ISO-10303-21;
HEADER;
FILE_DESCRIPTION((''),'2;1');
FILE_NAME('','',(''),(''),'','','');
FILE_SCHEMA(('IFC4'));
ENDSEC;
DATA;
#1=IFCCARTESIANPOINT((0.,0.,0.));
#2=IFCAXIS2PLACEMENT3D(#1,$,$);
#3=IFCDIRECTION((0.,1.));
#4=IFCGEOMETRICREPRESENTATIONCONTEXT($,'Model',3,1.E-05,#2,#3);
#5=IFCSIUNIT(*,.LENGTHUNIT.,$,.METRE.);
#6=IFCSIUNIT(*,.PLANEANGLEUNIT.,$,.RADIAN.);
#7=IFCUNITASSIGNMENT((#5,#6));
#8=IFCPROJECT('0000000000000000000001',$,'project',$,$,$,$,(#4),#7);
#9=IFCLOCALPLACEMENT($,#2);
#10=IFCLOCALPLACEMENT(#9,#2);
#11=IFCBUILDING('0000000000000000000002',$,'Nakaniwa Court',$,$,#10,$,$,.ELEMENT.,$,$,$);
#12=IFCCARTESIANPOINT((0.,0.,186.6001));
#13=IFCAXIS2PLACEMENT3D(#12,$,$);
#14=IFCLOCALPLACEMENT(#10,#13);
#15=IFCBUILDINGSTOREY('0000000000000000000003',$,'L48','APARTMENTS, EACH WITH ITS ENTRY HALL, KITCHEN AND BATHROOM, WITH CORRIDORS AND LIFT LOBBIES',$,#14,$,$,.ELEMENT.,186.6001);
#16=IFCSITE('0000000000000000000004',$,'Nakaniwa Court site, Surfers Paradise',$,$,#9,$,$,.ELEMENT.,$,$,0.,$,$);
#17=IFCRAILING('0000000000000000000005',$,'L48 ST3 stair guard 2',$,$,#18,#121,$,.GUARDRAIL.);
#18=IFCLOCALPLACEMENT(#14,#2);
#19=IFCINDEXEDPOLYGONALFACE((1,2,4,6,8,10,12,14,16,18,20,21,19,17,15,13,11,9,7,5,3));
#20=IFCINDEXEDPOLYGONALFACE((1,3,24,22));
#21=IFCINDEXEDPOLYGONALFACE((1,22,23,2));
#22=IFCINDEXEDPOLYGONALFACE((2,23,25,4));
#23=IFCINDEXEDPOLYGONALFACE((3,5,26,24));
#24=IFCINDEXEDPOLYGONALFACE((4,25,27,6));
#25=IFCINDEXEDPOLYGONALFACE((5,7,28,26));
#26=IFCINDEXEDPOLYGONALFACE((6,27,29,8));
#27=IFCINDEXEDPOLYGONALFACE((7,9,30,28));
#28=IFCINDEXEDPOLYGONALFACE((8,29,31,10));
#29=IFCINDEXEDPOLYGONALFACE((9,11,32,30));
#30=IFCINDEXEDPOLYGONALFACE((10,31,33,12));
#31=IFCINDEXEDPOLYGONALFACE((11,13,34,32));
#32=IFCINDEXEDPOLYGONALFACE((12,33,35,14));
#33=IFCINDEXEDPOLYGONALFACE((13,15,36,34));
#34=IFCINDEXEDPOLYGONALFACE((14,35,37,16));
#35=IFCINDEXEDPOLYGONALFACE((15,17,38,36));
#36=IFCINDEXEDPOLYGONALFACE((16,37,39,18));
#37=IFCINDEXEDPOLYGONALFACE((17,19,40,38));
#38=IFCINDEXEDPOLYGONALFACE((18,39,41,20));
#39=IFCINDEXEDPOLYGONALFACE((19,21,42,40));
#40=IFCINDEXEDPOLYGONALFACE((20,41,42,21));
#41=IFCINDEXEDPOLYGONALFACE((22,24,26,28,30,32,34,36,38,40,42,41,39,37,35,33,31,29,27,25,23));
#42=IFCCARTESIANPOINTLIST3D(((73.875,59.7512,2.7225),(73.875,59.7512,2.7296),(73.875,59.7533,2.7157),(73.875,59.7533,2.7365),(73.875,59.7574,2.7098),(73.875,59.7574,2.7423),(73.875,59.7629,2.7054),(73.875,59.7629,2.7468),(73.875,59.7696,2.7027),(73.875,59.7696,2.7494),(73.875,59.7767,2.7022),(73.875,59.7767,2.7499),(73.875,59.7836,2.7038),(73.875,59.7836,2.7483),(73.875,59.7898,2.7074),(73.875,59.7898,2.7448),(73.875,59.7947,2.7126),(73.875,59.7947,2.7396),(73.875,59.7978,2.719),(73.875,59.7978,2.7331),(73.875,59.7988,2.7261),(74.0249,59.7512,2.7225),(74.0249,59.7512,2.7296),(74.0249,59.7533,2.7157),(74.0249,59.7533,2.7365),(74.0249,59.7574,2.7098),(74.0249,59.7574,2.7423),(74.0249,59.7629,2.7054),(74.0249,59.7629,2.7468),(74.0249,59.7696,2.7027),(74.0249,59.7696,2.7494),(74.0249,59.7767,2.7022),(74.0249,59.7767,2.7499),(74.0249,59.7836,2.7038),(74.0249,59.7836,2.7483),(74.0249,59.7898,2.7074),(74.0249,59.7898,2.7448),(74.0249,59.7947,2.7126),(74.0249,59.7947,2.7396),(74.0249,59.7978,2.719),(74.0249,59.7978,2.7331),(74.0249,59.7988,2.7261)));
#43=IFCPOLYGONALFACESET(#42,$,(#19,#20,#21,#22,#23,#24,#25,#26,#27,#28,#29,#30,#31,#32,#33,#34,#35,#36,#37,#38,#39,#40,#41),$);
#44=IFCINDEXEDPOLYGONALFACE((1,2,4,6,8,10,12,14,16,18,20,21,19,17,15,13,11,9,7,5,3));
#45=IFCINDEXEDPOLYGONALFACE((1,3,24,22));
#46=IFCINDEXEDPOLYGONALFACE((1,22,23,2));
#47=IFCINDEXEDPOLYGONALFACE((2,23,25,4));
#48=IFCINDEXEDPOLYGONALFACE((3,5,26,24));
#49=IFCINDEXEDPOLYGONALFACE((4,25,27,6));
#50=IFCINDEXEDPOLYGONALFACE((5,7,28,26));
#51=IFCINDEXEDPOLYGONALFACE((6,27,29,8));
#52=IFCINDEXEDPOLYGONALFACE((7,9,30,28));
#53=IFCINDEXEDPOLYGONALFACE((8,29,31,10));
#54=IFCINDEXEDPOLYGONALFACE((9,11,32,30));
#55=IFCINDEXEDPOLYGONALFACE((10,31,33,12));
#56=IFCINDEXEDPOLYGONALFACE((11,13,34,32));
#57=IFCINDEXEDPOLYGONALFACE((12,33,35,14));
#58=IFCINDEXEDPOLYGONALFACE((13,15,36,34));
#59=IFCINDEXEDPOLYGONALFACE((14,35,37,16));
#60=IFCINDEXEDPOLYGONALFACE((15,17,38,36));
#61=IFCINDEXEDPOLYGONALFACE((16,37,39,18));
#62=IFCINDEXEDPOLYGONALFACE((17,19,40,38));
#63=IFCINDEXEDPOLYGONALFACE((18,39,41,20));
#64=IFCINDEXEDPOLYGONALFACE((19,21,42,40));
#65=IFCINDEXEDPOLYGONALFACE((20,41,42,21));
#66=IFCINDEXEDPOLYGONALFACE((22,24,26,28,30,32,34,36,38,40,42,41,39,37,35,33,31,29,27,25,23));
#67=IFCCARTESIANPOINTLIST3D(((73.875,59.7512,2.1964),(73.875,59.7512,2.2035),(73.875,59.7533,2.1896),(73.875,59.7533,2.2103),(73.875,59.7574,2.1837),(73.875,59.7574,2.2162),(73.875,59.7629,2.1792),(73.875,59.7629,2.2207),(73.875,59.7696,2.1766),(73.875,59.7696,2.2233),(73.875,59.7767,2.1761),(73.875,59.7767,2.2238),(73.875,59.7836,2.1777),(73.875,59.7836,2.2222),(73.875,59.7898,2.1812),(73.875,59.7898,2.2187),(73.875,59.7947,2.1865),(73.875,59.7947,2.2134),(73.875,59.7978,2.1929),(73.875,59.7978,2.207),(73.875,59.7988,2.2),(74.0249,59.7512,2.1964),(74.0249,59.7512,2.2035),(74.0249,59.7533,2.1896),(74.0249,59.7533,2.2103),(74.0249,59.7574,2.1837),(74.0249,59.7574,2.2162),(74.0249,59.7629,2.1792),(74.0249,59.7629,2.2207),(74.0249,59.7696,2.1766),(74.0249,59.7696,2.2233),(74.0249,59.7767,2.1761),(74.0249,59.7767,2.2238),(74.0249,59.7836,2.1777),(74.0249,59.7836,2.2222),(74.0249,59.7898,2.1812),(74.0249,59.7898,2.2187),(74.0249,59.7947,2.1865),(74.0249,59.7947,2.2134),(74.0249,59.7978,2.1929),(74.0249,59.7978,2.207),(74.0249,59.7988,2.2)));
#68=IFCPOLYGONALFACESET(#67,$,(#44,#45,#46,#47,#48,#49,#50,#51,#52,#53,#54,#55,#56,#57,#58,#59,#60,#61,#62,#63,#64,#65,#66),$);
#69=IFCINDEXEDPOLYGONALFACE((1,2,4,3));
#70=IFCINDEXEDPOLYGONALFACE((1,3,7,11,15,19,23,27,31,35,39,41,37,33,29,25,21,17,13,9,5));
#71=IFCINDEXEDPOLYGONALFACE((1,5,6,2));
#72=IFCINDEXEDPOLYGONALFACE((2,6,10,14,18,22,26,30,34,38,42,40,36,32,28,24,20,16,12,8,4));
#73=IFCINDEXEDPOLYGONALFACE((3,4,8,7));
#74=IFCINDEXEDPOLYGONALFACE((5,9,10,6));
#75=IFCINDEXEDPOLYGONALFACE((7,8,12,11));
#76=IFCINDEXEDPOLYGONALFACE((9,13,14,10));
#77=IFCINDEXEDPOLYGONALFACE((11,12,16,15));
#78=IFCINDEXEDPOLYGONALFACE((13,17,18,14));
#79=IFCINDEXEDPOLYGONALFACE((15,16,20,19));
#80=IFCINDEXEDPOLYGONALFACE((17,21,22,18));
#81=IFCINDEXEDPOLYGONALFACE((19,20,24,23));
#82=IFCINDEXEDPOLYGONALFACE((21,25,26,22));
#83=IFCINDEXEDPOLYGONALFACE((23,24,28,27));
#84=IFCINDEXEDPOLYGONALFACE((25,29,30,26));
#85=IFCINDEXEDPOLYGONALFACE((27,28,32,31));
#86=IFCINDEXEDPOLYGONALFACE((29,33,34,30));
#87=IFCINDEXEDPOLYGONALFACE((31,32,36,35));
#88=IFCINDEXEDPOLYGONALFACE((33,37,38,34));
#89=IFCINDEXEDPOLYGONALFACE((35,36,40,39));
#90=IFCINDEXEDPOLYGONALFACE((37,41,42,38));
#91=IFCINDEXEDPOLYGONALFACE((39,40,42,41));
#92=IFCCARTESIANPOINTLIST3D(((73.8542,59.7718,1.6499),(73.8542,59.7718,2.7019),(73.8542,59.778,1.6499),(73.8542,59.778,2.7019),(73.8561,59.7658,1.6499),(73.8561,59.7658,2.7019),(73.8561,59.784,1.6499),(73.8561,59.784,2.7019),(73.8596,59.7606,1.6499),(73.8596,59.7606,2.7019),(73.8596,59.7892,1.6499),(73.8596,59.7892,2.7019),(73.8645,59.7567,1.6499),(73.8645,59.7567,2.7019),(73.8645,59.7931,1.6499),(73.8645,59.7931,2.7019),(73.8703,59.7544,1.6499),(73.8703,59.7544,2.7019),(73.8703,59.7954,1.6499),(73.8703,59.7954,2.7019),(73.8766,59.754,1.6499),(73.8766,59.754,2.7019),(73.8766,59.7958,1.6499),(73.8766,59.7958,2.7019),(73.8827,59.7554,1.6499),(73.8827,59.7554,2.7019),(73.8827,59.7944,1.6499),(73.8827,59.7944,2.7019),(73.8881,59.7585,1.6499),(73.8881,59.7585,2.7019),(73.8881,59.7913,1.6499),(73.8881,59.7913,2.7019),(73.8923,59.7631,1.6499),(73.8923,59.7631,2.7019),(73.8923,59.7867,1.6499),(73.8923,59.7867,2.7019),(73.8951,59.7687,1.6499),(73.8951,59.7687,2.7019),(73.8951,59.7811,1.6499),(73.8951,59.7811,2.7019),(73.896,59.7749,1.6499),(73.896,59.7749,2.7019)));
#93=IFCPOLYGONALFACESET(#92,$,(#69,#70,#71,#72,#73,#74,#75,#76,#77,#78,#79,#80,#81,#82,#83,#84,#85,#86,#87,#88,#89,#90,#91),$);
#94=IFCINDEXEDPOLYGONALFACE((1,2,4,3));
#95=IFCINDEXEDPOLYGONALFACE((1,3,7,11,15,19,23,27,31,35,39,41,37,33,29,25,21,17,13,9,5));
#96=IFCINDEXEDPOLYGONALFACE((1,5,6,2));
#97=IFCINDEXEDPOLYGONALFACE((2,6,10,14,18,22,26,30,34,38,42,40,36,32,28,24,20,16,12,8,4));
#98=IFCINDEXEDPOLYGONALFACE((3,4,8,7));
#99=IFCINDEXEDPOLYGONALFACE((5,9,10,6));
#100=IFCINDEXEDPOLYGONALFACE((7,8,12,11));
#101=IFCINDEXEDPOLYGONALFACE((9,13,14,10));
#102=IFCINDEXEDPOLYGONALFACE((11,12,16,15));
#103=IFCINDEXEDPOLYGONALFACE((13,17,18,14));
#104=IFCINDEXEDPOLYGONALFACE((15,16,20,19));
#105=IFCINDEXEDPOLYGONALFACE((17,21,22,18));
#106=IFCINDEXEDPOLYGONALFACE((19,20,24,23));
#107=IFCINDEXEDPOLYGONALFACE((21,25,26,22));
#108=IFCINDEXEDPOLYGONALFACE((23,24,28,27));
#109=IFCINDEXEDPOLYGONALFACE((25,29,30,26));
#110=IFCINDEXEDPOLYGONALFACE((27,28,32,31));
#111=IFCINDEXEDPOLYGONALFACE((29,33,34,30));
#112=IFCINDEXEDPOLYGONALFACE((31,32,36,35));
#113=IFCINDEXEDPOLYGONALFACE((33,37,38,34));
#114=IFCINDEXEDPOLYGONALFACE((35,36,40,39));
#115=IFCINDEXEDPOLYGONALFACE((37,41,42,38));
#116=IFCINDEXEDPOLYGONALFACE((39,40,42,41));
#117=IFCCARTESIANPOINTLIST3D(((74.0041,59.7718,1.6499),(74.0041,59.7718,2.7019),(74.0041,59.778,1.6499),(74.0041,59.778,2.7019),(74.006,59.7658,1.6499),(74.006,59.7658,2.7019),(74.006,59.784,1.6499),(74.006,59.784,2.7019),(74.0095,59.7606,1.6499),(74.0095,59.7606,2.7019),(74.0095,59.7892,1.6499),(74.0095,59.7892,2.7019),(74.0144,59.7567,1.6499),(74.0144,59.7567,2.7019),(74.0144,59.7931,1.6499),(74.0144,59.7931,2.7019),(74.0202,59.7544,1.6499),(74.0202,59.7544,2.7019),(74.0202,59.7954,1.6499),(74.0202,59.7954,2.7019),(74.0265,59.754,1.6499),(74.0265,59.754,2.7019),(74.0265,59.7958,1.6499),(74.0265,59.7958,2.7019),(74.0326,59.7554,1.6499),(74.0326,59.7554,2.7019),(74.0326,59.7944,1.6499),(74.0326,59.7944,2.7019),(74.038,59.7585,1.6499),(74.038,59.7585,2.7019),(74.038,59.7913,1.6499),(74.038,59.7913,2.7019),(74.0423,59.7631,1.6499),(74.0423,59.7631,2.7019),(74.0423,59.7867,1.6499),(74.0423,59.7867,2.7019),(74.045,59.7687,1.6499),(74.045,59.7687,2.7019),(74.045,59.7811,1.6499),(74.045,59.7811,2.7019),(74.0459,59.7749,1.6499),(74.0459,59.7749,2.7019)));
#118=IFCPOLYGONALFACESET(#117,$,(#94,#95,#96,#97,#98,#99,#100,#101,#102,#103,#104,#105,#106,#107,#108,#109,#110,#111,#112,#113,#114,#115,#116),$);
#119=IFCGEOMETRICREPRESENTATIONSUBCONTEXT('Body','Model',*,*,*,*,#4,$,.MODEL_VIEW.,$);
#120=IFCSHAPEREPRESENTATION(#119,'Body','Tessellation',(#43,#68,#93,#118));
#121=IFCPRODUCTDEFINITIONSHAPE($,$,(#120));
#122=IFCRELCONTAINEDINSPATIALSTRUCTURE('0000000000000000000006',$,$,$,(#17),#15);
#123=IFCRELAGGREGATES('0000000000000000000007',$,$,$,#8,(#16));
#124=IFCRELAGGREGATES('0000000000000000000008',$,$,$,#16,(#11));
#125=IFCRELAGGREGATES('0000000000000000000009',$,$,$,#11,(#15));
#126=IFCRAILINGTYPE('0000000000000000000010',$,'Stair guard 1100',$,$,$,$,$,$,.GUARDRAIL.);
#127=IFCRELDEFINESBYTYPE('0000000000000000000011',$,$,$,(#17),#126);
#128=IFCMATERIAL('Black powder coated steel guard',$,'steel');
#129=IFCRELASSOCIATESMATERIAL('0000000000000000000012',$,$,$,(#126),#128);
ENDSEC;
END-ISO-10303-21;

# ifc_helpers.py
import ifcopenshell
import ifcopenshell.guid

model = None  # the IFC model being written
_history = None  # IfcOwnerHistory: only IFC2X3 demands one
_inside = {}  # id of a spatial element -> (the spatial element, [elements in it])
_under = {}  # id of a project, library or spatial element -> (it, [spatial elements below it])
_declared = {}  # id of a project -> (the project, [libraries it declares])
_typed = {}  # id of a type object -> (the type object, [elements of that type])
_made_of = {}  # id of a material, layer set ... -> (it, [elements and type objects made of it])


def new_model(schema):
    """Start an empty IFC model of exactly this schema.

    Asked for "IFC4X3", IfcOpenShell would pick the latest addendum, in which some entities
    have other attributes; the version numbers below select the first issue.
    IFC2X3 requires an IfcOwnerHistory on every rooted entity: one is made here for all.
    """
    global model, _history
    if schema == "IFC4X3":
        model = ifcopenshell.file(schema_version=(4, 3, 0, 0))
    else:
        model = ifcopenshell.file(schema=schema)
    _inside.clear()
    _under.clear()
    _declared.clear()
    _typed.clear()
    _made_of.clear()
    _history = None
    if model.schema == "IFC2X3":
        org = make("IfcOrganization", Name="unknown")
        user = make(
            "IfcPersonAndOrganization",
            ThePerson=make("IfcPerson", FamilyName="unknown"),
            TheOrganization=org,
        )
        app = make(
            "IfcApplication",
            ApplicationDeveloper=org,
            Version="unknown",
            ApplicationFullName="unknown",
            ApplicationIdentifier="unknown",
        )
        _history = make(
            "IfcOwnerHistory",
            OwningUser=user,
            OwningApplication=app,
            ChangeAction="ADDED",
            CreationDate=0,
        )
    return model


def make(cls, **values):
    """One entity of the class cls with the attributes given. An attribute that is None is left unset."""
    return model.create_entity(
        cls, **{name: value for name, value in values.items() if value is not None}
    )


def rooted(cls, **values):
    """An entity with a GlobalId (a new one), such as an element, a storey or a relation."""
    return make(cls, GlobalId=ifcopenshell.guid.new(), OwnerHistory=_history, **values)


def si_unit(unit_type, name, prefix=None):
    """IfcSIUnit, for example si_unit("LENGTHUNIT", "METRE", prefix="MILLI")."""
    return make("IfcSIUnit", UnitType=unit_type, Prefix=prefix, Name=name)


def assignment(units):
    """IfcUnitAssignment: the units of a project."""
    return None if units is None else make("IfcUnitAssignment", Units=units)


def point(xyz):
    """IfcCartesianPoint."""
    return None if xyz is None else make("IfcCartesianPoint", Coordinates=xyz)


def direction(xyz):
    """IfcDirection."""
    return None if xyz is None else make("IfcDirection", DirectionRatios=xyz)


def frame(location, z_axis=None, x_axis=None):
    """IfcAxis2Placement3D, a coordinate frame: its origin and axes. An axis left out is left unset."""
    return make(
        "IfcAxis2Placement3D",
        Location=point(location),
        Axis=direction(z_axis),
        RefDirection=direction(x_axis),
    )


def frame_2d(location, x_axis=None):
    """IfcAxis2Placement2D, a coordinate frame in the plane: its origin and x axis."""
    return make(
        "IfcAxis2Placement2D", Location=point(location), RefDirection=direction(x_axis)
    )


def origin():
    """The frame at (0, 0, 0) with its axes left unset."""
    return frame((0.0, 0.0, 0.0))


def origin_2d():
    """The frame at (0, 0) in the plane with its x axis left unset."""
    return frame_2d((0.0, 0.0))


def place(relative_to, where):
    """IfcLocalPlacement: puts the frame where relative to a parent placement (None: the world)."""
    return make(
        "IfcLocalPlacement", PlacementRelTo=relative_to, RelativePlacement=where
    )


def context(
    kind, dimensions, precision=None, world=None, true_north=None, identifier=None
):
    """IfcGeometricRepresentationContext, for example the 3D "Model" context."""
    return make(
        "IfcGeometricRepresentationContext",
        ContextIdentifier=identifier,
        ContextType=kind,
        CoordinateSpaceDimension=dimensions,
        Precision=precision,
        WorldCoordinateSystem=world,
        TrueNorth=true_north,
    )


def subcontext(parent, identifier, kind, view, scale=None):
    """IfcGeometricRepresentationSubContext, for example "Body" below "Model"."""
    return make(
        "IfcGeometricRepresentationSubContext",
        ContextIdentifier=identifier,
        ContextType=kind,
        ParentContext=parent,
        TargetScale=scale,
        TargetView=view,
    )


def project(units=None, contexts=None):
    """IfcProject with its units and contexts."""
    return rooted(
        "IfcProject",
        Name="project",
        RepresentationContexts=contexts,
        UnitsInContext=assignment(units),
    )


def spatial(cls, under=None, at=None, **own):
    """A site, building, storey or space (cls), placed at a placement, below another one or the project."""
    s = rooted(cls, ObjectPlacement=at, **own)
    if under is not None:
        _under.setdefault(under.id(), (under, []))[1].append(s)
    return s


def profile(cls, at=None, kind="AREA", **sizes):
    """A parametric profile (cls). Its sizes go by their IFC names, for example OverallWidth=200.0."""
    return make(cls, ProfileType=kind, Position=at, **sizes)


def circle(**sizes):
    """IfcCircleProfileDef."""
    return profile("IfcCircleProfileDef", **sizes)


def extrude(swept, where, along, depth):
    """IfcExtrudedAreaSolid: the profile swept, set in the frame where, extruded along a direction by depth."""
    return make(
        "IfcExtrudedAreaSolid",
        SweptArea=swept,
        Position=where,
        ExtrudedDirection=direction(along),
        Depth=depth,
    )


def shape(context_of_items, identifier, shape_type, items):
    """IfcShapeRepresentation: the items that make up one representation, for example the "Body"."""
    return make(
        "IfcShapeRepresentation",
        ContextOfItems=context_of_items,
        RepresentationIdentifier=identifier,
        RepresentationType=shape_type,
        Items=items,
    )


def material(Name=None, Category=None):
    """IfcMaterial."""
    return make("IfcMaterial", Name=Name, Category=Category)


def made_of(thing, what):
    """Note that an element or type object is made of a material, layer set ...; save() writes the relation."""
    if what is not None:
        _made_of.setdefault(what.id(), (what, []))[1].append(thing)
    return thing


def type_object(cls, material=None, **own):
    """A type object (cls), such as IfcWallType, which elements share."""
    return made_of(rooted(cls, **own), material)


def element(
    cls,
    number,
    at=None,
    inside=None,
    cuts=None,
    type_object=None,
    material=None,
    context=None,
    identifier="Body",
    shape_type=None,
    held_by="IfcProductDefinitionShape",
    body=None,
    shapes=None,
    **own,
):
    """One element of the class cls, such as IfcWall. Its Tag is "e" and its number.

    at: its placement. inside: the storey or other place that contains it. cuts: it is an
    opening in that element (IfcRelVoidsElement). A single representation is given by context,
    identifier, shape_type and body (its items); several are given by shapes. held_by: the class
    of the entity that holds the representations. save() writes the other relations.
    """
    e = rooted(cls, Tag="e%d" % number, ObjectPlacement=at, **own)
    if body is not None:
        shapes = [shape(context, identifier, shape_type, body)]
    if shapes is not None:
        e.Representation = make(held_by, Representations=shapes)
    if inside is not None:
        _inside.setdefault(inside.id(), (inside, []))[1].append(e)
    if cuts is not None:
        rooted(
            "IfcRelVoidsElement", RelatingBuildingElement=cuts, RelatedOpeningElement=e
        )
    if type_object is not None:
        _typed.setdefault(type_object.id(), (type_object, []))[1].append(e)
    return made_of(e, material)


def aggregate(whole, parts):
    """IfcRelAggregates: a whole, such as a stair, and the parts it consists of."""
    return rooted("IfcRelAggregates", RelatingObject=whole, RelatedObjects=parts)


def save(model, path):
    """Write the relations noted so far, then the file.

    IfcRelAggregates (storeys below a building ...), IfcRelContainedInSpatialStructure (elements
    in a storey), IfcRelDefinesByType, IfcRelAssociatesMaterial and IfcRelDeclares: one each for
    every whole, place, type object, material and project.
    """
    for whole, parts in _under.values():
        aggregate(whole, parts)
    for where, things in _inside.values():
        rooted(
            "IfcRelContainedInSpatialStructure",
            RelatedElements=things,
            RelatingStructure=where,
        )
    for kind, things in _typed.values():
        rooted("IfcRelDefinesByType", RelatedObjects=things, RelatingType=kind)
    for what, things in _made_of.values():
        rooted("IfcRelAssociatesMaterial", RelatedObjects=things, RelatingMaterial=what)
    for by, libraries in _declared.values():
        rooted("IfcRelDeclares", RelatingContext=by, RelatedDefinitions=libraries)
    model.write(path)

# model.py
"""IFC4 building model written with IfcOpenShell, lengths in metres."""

from ifc_helpers import new_model, si_unit, direction, frame, origin, origin_2d, place, context, subcontext, project, spatial, circle, extrude, material, type_object, element, save


model = new_model("IFC4")

# Units and contexts
model_context = context("Model", 3, precision=1e-05, world=origin(), true_north=direction((0.0, 1.0)))
body_context = subcontext(model_context, "Body", "Model", "MODEL_VIEW")
ifc_project = project(units=[si_unit("LENGTHUNIT", "METRE"), si_unit("PLANEANGLEUNIT", "RADIAN")], contexts=[model_context])

# Site, building, storey
site_placement = place(None, origin())
site = spatial("IfcSite", under=ifc_project, at=site_placement, Name="Nakaniwa Court site, Surfers Paradise", CompositionType="ELEMENT", RefElevation=0.0)
building_placement = place(site_placement, origin())
building = spatial("IfcBuilding", under=site, at=building_placement, Name="Nakaniwa Court", CompositionType="ELEMENT")
storey_placement = place(building_placement, frame((0.0, 0.0, 186.6001)))
storey = spatial("IfcBuildingStorey", under=building, at=storey_placement, Name="L48", Description="APARTMENTS, EACH WITH ITS ENTRY HALL, KITCHEN AND BATHROOM, WITH CORRIDORS AND LIFT LOBBIES", CompositionType="ELEMENT", Elevation=186.6001)

# Railing
ifc_material_1 = material(Name="Black powder coated steel guard", Category="steel")
railing_type_1 = type_object("IfcRailingType", Name="Stair guard 1100", PredefinedType="GUARDRAIL", material=ifc_material_1)
railing_1_placement = place(storey_placement, frame((73.875, 59.7749, 1.6499)))
element("IfcRailing", 1, at=railing_1_placement, inside=storey, type_object=railing_type_1, Name="L48 ST3 stair guard 2", PredefinedType="GUARDRAIL", context=body_context, shape_type="SweptSolid", body=[
    extrude(circle(Radius=0.0239, at=origin_2d()), frame((0.0, 0.0, 1.0762), z_axis=(1.0, 0.0, 0.0), x_axis=(0.0, 1.0, 0.0)), (0.0, 0.0, 1.0), 0.1499),
    extrude(circle(Radius=0.0239, at=origin_2d()), frame((0.0, 0.0, 0.55), z_axis=(1.0, 0.0, 0.0), x_axis=(0.0, 1.0, 0.0)), (0.0, 0.0, 1.0), 0.1499),
    extrude(circle(Radius=0.021, at=origin_2d()), origin(), (0.0, 0.0, 1.0), 1.052),
    extrude(circle(Radius=0.021, at=origin_2d()), frame((0.1499, 0.0, 0.0)), (0.0, 0.0, 1.0), 1.052),
])

save(model, "model.ifc")
